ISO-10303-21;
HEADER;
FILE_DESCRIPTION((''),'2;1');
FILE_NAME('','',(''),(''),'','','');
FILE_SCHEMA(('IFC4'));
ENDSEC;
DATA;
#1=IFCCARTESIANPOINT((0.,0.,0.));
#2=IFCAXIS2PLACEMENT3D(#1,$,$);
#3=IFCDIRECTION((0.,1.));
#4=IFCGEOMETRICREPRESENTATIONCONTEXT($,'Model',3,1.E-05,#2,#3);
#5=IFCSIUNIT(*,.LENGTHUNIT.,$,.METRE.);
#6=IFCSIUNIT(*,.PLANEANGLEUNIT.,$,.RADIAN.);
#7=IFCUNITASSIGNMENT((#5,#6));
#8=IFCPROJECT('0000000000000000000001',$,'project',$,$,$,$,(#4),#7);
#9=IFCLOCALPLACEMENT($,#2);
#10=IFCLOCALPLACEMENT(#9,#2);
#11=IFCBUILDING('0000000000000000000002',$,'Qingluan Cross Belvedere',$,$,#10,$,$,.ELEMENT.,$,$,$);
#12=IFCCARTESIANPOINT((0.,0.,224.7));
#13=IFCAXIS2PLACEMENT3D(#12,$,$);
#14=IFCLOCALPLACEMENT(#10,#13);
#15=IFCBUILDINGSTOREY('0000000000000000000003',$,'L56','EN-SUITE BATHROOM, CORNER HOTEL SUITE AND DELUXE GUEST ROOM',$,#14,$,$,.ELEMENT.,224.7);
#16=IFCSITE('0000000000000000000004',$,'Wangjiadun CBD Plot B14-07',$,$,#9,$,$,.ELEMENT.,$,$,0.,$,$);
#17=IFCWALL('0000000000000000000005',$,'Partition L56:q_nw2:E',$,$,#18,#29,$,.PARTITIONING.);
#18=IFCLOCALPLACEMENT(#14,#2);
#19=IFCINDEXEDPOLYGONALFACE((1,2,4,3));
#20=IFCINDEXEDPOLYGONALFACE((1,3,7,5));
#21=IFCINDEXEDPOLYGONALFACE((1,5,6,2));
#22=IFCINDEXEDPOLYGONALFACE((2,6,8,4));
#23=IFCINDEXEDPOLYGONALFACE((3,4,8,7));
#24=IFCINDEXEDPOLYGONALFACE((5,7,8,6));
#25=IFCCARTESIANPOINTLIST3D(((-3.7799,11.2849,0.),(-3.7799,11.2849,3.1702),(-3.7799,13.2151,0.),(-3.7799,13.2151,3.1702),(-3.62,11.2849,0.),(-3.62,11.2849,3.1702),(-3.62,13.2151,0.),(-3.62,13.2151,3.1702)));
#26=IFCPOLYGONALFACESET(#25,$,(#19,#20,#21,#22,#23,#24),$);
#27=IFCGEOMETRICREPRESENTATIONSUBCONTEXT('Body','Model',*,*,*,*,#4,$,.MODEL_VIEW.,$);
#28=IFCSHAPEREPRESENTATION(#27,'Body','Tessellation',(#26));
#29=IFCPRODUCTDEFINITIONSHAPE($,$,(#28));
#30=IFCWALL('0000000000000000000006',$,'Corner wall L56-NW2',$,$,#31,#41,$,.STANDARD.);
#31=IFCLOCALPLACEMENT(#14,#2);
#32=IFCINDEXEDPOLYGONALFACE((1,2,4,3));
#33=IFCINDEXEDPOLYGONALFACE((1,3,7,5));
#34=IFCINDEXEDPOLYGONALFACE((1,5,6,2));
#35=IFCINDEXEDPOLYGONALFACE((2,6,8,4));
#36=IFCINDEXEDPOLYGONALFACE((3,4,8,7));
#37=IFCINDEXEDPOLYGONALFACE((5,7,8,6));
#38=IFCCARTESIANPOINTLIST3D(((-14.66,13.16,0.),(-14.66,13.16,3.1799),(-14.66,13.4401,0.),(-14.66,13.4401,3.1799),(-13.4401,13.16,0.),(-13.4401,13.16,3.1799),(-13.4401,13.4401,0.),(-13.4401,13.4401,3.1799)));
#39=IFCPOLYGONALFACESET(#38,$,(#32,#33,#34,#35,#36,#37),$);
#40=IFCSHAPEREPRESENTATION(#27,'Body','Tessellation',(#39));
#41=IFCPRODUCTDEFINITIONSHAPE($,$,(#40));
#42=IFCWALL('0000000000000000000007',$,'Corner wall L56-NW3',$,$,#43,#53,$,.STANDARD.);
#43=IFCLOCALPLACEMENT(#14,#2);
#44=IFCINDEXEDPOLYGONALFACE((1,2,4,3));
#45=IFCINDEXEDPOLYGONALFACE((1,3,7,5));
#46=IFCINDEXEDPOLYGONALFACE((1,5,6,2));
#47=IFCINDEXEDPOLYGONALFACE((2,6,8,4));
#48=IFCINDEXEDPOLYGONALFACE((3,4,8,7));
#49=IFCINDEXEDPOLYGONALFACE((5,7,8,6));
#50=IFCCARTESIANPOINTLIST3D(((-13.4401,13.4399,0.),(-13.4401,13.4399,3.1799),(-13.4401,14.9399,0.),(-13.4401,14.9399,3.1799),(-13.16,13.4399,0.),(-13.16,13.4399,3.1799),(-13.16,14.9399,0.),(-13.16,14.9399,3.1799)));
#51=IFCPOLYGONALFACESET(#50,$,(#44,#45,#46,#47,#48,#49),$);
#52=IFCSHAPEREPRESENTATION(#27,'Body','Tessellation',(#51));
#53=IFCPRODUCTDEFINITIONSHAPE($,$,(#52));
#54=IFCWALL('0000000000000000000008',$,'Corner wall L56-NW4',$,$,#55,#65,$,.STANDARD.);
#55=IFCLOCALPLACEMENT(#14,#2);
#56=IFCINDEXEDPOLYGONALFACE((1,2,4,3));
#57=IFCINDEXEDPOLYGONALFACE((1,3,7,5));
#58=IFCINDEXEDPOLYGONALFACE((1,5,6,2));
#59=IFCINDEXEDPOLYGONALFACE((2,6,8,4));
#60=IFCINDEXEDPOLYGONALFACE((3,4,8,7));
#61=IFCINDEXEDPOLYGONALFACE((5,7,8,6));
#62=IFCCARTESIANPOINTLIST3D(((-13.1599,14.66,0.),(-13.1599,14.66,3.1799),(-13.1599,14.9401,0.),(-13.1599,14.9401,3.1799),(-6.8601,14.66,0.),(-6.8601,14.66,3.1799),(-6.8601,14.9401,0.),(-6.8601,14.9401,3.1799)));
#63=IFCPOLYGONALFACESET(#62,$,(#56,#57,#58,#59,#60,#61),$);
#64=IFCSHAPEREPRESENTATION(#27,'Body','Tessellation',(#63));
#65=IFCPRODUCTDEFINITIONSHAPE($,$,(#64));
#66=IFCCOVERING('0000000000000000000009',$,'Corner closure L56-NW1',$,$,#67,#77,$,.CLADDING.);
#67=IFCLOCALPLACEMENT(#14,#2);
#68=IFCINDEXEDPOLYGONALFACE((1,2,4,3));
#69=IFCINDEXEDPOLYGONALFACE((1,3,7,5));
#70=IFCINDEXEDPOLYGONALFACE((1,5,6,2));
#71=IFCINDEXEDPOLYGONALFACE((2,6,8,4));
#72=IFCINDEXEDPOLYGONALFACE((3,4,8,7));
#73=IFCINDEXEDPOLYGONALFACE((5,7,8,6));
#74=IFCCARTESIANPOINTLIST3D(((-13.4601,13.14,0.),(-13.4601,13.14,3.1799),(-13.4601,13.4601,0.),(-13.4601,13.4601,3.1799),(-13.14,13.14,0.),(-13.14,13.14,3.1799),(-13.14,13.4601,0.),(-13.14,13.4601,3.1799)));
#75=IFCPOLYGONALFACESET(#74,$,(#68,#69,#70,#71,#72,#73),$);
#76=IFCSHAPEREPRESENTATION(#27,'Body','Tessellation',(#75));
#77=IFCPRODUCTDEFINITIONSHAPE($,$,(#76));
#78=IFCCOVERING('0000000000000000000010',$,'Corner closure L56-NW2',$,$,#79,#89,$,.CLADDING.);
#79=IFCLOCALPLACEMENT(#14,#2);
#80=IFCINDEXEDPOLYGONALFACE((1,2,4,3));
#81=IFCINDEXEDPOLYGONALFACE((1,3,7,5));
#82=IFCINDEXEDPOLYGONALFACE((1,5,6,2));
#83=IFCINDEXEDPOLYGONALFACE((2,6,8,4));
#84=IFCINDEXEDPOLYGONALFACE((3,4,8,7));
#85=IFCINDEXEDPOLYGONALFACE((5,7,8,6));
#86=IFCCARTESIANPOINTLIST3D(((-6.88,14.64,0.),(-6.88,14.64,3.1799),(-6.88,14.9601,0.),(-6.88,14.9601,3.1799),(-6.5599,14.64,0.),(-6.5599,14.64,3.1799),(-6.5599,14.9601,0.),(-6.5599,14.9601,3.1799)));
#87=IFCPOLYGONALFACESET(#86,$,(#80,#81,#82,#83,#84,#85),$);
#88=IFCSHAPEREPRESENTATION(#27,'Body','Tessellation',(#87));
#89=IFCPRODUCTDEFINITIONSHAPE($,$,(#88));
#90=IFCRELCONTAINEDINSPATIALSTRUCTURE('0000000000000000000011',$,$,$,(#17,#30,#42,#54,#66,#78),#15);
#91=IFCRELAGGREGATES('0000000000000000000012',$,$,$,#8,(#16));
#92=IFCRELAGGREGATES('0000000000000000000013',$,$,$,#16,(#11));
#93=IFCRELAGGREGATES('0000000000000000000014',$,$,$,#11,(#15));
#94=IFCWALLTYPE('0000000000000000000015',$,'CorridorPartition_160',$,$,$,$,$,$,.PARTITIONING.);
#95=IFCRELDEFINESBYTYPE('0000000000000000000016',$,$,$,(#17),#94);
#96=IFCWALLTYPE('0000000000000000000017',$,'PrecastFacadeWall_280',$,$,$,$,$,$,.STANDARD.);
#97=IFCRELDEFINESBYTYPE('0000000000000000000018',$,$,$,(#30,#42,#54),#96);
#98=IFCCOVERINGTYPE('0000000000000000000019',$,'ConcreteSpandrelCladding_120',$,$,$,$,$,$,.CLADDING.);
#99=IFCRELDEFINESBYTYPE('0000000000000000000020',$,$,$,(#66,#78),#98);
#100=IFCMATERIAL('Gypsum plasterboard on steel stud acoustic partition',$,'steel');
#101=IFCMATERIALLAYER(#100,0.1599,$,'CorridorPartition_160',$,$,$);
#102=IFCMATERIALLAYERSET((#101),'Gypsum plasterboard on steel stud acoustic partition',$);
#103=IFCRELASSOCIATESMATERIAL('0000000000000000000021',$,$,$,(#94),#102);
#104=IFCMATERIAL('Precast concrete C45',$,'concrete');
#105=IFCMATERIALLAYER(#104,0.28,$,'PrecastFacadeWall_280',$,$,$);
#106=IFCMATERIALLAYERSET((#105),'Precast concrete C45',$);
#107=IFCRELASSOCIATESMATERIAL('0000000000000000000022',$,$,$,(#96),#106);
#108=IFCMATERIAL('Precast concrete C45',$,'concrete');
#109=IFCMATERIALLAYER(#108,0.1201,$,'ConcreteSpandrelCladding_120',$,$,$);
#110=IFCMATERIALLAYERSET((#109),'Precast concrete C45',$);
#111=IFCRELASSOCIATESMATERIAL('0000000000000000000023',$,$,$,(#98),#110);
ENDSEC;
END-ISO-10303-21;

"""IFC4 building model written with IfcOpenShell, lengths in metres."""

from ifc_helpers import new_model, si_unit, direction, frame, frame_2d, origin, origin_2d, place, context, subcontext, project, spatial, rectangle, extrude, material, layer, layer_set, type_object, element, save


model = new_model("IFC4")

# Units and contexts
model_context = context("Model", 3, precision=1e-05, world=origin(), true_north=direction((0.0, 1.0)))
body_context = subcontext(model_context, "Body", "Model", "MODEL_VIEW")
ifc_project = project(units=[si_unit("LENGTHUNIT", "METRE"), si_unit("PLANEANGLEUNIT", "RADIAN")], contexts=[model_context])

# Site, building, storey
site_placement = place(None, origin())
site = spatial("IfcSite", under=ifc_project, at=site_placement, Name="Wangjiadun CBD Plot B14-07", CompositionType="ELEMENT", RefElevation=0.0)
building_placement = place(site_placement, origin())
building = spatial("IfcBuilding", under=site, at=building_placement, Name="Qingluan Cross Belvedere", CompositionType="ELEMENT")
storey_placement = place(building_placement, frame((0.0, 0.0, 224.7)))
storey = spatial("IfcBuildingStorey", under=building, at=storey_placement, Name="L56", Description="EN-SUITE BATHROOM, CORNER HOTEL SUITE AND DELUXE GUEST ROOM", CompositionType="ELEMENT", Elevation=224.7)

# Shared definitions
ifc_material_1 = material(Name="Gypsum plasterboard on steel stud acoustic partition", Category="steel")
ifc_layer_1 = layer(ifc_material_1, 0.1599, Name="CorridorPartition_160")
ifc_layer_set_1 = layer_set([ifc_layer_1], Name="Gypsum plasterboard on steel stud acoustic partition")
wall_type_1 = type_object("IfcWallType", Name="CorridorPartition_160", PredefinedType="PARTITIONING", material=ifc_layer_set_1)

# Walls
wall_1_placement = place(storey_placement, frame((-3.7, 11.2849, 0.0), z_axis=(0.0, 0.0, 1.0), x_axis=(0.0, 1.0, 0.0)))
element("IfcWall", 1, at=wall_1_placement, inside=storey, type_object=wall_type_1, Name="Partition L56:q_nw2:E", PredefinedType="PARTITIONING", context=body_context, shape_type="SweptSolid", body=[
    extrude(rectangle(XDim=1.9302, YDim=0.1599, at=frame_2d((0.9651, 0.0))), origin(), (0.0, 0.0, 1.0), 3.1702),
])
ifc_material_2 = material(Name="Precast concrete C45", Category="concrete")
ifc_layer_2 = layer(ifc_material_2, 0.28, Name="PrecastFacadeWall_280")
ifc_layer_set_2 = layer_set([ifc_layer_2], Name="Precast concrete C45")
wall_type_2 = type_object("IfcWallType", Name="PrecastFacadeWall_280", PredefinedType="STANDARD", material=ifc_layer_set_2)
wall_2_placement = place(storey_placement, frame((-14.6599, 13.3, 0.0), z_axis=(0.0, 0.0, 1.0), x_axis=(1.0, 0.0, 0.0)))
element("IfcWall", 2, at=wall_2_placement, inside=storey, type_object=wall_type_2, Name="Corner wall L56-NW2", PredefinedType="STANDARD", context=body_context, shape_type="SweptSolid", body=[
    extrude(rectangle(XDim=1.22, YDim=0.28, at=frame_2d((0.6099, 0.0))), origin(), (0.0, 0.0, 1.0), 3.1799),
])
wall_3_placement = place(storey_placement, frame((-13.3, 13.4399, 0.0), z_axis=(0.0, 0.0, 1.0), x_axis=(0.0, 1.0, 0.0)))
element("IfcWall", 3, at=wall_3_placement, inside=storey, type_object=wall_type_2, Name="Corner wall L56-NW3", PredefinedType="STANDARD", context=body_context, shape_type="SweptSolid", body=[
    extrude(rectangle(XDim=1.5, YDim=0.28, at=frame_2d((0.75, 0.0))), origin(), (0.0, 0.0, 1.0), 3.1799),
])
wall_4_placement = place(storey_placement, frame((-13.1599, 14.8, 0.0), z_axis=(0.0, 0.0, 1.0), x_axis=(1.0, 0.0, 0.0)))
element("IfcWall", 4, at=wall_4_placement, inside=storey, type_object=wall_type_2, Name="Corner wall L56-NW4", PredefinedType="STANDARD", context=body_context, shape_type="SweptSolid", body=[
    extrude(rectangle(XDim=6.2998, YDim=0.28, at=frame_2d((3.1499, 0.0))), origin(), (0.0, 0.0, 1.0), 3.1799),
])

# Coverings
ifc_material_3 = material(Name="Precast concrete C45", Category="concrete")
ifc_layer_3 = layer(ifc_material_3, 0.1201, Name="ConcreteSpandrelCladding_120")
ifc_layer_set_3 = layer_set([ifc_layer_3], Name="Precast concrete C45")
covering_type = type_object("IfcCoveringType", Name="ConcreteSpandrelCladding_120", PredefinedType="CLADDING", material=ifc_layer_set_3)
for number, where, z_axis, x_axis, name in (
    (5, (-13.3, 13.3, 0.0), (0.0, 0.0, 1.0), (1.0, 0.0, 0.0), "Corner closure L56-NW1"),
    (6, (-6.72, 14.8, 0.0), (0.0, 0.0, 1.0), (1.0, 0.0, 0.0), "Corner closure L56-NW2"),
):
    element("IfcCovering", number, at=place(storey_placement, frame(where, z_axis=z_axis, x_axis=x_axis)), inside=storey, type_object=covering_type, Name=name, PredefinedType="CLADDING", context=body_context, shape_type="SweptSolid", body=[
        extrude(rectangle(XDim=0.3201, YDim=0.3201, at=origin_2d()), origin(), (0.0, 0.0, 1.0), 3.1799),
    ])

save(model, "model.ifc")
